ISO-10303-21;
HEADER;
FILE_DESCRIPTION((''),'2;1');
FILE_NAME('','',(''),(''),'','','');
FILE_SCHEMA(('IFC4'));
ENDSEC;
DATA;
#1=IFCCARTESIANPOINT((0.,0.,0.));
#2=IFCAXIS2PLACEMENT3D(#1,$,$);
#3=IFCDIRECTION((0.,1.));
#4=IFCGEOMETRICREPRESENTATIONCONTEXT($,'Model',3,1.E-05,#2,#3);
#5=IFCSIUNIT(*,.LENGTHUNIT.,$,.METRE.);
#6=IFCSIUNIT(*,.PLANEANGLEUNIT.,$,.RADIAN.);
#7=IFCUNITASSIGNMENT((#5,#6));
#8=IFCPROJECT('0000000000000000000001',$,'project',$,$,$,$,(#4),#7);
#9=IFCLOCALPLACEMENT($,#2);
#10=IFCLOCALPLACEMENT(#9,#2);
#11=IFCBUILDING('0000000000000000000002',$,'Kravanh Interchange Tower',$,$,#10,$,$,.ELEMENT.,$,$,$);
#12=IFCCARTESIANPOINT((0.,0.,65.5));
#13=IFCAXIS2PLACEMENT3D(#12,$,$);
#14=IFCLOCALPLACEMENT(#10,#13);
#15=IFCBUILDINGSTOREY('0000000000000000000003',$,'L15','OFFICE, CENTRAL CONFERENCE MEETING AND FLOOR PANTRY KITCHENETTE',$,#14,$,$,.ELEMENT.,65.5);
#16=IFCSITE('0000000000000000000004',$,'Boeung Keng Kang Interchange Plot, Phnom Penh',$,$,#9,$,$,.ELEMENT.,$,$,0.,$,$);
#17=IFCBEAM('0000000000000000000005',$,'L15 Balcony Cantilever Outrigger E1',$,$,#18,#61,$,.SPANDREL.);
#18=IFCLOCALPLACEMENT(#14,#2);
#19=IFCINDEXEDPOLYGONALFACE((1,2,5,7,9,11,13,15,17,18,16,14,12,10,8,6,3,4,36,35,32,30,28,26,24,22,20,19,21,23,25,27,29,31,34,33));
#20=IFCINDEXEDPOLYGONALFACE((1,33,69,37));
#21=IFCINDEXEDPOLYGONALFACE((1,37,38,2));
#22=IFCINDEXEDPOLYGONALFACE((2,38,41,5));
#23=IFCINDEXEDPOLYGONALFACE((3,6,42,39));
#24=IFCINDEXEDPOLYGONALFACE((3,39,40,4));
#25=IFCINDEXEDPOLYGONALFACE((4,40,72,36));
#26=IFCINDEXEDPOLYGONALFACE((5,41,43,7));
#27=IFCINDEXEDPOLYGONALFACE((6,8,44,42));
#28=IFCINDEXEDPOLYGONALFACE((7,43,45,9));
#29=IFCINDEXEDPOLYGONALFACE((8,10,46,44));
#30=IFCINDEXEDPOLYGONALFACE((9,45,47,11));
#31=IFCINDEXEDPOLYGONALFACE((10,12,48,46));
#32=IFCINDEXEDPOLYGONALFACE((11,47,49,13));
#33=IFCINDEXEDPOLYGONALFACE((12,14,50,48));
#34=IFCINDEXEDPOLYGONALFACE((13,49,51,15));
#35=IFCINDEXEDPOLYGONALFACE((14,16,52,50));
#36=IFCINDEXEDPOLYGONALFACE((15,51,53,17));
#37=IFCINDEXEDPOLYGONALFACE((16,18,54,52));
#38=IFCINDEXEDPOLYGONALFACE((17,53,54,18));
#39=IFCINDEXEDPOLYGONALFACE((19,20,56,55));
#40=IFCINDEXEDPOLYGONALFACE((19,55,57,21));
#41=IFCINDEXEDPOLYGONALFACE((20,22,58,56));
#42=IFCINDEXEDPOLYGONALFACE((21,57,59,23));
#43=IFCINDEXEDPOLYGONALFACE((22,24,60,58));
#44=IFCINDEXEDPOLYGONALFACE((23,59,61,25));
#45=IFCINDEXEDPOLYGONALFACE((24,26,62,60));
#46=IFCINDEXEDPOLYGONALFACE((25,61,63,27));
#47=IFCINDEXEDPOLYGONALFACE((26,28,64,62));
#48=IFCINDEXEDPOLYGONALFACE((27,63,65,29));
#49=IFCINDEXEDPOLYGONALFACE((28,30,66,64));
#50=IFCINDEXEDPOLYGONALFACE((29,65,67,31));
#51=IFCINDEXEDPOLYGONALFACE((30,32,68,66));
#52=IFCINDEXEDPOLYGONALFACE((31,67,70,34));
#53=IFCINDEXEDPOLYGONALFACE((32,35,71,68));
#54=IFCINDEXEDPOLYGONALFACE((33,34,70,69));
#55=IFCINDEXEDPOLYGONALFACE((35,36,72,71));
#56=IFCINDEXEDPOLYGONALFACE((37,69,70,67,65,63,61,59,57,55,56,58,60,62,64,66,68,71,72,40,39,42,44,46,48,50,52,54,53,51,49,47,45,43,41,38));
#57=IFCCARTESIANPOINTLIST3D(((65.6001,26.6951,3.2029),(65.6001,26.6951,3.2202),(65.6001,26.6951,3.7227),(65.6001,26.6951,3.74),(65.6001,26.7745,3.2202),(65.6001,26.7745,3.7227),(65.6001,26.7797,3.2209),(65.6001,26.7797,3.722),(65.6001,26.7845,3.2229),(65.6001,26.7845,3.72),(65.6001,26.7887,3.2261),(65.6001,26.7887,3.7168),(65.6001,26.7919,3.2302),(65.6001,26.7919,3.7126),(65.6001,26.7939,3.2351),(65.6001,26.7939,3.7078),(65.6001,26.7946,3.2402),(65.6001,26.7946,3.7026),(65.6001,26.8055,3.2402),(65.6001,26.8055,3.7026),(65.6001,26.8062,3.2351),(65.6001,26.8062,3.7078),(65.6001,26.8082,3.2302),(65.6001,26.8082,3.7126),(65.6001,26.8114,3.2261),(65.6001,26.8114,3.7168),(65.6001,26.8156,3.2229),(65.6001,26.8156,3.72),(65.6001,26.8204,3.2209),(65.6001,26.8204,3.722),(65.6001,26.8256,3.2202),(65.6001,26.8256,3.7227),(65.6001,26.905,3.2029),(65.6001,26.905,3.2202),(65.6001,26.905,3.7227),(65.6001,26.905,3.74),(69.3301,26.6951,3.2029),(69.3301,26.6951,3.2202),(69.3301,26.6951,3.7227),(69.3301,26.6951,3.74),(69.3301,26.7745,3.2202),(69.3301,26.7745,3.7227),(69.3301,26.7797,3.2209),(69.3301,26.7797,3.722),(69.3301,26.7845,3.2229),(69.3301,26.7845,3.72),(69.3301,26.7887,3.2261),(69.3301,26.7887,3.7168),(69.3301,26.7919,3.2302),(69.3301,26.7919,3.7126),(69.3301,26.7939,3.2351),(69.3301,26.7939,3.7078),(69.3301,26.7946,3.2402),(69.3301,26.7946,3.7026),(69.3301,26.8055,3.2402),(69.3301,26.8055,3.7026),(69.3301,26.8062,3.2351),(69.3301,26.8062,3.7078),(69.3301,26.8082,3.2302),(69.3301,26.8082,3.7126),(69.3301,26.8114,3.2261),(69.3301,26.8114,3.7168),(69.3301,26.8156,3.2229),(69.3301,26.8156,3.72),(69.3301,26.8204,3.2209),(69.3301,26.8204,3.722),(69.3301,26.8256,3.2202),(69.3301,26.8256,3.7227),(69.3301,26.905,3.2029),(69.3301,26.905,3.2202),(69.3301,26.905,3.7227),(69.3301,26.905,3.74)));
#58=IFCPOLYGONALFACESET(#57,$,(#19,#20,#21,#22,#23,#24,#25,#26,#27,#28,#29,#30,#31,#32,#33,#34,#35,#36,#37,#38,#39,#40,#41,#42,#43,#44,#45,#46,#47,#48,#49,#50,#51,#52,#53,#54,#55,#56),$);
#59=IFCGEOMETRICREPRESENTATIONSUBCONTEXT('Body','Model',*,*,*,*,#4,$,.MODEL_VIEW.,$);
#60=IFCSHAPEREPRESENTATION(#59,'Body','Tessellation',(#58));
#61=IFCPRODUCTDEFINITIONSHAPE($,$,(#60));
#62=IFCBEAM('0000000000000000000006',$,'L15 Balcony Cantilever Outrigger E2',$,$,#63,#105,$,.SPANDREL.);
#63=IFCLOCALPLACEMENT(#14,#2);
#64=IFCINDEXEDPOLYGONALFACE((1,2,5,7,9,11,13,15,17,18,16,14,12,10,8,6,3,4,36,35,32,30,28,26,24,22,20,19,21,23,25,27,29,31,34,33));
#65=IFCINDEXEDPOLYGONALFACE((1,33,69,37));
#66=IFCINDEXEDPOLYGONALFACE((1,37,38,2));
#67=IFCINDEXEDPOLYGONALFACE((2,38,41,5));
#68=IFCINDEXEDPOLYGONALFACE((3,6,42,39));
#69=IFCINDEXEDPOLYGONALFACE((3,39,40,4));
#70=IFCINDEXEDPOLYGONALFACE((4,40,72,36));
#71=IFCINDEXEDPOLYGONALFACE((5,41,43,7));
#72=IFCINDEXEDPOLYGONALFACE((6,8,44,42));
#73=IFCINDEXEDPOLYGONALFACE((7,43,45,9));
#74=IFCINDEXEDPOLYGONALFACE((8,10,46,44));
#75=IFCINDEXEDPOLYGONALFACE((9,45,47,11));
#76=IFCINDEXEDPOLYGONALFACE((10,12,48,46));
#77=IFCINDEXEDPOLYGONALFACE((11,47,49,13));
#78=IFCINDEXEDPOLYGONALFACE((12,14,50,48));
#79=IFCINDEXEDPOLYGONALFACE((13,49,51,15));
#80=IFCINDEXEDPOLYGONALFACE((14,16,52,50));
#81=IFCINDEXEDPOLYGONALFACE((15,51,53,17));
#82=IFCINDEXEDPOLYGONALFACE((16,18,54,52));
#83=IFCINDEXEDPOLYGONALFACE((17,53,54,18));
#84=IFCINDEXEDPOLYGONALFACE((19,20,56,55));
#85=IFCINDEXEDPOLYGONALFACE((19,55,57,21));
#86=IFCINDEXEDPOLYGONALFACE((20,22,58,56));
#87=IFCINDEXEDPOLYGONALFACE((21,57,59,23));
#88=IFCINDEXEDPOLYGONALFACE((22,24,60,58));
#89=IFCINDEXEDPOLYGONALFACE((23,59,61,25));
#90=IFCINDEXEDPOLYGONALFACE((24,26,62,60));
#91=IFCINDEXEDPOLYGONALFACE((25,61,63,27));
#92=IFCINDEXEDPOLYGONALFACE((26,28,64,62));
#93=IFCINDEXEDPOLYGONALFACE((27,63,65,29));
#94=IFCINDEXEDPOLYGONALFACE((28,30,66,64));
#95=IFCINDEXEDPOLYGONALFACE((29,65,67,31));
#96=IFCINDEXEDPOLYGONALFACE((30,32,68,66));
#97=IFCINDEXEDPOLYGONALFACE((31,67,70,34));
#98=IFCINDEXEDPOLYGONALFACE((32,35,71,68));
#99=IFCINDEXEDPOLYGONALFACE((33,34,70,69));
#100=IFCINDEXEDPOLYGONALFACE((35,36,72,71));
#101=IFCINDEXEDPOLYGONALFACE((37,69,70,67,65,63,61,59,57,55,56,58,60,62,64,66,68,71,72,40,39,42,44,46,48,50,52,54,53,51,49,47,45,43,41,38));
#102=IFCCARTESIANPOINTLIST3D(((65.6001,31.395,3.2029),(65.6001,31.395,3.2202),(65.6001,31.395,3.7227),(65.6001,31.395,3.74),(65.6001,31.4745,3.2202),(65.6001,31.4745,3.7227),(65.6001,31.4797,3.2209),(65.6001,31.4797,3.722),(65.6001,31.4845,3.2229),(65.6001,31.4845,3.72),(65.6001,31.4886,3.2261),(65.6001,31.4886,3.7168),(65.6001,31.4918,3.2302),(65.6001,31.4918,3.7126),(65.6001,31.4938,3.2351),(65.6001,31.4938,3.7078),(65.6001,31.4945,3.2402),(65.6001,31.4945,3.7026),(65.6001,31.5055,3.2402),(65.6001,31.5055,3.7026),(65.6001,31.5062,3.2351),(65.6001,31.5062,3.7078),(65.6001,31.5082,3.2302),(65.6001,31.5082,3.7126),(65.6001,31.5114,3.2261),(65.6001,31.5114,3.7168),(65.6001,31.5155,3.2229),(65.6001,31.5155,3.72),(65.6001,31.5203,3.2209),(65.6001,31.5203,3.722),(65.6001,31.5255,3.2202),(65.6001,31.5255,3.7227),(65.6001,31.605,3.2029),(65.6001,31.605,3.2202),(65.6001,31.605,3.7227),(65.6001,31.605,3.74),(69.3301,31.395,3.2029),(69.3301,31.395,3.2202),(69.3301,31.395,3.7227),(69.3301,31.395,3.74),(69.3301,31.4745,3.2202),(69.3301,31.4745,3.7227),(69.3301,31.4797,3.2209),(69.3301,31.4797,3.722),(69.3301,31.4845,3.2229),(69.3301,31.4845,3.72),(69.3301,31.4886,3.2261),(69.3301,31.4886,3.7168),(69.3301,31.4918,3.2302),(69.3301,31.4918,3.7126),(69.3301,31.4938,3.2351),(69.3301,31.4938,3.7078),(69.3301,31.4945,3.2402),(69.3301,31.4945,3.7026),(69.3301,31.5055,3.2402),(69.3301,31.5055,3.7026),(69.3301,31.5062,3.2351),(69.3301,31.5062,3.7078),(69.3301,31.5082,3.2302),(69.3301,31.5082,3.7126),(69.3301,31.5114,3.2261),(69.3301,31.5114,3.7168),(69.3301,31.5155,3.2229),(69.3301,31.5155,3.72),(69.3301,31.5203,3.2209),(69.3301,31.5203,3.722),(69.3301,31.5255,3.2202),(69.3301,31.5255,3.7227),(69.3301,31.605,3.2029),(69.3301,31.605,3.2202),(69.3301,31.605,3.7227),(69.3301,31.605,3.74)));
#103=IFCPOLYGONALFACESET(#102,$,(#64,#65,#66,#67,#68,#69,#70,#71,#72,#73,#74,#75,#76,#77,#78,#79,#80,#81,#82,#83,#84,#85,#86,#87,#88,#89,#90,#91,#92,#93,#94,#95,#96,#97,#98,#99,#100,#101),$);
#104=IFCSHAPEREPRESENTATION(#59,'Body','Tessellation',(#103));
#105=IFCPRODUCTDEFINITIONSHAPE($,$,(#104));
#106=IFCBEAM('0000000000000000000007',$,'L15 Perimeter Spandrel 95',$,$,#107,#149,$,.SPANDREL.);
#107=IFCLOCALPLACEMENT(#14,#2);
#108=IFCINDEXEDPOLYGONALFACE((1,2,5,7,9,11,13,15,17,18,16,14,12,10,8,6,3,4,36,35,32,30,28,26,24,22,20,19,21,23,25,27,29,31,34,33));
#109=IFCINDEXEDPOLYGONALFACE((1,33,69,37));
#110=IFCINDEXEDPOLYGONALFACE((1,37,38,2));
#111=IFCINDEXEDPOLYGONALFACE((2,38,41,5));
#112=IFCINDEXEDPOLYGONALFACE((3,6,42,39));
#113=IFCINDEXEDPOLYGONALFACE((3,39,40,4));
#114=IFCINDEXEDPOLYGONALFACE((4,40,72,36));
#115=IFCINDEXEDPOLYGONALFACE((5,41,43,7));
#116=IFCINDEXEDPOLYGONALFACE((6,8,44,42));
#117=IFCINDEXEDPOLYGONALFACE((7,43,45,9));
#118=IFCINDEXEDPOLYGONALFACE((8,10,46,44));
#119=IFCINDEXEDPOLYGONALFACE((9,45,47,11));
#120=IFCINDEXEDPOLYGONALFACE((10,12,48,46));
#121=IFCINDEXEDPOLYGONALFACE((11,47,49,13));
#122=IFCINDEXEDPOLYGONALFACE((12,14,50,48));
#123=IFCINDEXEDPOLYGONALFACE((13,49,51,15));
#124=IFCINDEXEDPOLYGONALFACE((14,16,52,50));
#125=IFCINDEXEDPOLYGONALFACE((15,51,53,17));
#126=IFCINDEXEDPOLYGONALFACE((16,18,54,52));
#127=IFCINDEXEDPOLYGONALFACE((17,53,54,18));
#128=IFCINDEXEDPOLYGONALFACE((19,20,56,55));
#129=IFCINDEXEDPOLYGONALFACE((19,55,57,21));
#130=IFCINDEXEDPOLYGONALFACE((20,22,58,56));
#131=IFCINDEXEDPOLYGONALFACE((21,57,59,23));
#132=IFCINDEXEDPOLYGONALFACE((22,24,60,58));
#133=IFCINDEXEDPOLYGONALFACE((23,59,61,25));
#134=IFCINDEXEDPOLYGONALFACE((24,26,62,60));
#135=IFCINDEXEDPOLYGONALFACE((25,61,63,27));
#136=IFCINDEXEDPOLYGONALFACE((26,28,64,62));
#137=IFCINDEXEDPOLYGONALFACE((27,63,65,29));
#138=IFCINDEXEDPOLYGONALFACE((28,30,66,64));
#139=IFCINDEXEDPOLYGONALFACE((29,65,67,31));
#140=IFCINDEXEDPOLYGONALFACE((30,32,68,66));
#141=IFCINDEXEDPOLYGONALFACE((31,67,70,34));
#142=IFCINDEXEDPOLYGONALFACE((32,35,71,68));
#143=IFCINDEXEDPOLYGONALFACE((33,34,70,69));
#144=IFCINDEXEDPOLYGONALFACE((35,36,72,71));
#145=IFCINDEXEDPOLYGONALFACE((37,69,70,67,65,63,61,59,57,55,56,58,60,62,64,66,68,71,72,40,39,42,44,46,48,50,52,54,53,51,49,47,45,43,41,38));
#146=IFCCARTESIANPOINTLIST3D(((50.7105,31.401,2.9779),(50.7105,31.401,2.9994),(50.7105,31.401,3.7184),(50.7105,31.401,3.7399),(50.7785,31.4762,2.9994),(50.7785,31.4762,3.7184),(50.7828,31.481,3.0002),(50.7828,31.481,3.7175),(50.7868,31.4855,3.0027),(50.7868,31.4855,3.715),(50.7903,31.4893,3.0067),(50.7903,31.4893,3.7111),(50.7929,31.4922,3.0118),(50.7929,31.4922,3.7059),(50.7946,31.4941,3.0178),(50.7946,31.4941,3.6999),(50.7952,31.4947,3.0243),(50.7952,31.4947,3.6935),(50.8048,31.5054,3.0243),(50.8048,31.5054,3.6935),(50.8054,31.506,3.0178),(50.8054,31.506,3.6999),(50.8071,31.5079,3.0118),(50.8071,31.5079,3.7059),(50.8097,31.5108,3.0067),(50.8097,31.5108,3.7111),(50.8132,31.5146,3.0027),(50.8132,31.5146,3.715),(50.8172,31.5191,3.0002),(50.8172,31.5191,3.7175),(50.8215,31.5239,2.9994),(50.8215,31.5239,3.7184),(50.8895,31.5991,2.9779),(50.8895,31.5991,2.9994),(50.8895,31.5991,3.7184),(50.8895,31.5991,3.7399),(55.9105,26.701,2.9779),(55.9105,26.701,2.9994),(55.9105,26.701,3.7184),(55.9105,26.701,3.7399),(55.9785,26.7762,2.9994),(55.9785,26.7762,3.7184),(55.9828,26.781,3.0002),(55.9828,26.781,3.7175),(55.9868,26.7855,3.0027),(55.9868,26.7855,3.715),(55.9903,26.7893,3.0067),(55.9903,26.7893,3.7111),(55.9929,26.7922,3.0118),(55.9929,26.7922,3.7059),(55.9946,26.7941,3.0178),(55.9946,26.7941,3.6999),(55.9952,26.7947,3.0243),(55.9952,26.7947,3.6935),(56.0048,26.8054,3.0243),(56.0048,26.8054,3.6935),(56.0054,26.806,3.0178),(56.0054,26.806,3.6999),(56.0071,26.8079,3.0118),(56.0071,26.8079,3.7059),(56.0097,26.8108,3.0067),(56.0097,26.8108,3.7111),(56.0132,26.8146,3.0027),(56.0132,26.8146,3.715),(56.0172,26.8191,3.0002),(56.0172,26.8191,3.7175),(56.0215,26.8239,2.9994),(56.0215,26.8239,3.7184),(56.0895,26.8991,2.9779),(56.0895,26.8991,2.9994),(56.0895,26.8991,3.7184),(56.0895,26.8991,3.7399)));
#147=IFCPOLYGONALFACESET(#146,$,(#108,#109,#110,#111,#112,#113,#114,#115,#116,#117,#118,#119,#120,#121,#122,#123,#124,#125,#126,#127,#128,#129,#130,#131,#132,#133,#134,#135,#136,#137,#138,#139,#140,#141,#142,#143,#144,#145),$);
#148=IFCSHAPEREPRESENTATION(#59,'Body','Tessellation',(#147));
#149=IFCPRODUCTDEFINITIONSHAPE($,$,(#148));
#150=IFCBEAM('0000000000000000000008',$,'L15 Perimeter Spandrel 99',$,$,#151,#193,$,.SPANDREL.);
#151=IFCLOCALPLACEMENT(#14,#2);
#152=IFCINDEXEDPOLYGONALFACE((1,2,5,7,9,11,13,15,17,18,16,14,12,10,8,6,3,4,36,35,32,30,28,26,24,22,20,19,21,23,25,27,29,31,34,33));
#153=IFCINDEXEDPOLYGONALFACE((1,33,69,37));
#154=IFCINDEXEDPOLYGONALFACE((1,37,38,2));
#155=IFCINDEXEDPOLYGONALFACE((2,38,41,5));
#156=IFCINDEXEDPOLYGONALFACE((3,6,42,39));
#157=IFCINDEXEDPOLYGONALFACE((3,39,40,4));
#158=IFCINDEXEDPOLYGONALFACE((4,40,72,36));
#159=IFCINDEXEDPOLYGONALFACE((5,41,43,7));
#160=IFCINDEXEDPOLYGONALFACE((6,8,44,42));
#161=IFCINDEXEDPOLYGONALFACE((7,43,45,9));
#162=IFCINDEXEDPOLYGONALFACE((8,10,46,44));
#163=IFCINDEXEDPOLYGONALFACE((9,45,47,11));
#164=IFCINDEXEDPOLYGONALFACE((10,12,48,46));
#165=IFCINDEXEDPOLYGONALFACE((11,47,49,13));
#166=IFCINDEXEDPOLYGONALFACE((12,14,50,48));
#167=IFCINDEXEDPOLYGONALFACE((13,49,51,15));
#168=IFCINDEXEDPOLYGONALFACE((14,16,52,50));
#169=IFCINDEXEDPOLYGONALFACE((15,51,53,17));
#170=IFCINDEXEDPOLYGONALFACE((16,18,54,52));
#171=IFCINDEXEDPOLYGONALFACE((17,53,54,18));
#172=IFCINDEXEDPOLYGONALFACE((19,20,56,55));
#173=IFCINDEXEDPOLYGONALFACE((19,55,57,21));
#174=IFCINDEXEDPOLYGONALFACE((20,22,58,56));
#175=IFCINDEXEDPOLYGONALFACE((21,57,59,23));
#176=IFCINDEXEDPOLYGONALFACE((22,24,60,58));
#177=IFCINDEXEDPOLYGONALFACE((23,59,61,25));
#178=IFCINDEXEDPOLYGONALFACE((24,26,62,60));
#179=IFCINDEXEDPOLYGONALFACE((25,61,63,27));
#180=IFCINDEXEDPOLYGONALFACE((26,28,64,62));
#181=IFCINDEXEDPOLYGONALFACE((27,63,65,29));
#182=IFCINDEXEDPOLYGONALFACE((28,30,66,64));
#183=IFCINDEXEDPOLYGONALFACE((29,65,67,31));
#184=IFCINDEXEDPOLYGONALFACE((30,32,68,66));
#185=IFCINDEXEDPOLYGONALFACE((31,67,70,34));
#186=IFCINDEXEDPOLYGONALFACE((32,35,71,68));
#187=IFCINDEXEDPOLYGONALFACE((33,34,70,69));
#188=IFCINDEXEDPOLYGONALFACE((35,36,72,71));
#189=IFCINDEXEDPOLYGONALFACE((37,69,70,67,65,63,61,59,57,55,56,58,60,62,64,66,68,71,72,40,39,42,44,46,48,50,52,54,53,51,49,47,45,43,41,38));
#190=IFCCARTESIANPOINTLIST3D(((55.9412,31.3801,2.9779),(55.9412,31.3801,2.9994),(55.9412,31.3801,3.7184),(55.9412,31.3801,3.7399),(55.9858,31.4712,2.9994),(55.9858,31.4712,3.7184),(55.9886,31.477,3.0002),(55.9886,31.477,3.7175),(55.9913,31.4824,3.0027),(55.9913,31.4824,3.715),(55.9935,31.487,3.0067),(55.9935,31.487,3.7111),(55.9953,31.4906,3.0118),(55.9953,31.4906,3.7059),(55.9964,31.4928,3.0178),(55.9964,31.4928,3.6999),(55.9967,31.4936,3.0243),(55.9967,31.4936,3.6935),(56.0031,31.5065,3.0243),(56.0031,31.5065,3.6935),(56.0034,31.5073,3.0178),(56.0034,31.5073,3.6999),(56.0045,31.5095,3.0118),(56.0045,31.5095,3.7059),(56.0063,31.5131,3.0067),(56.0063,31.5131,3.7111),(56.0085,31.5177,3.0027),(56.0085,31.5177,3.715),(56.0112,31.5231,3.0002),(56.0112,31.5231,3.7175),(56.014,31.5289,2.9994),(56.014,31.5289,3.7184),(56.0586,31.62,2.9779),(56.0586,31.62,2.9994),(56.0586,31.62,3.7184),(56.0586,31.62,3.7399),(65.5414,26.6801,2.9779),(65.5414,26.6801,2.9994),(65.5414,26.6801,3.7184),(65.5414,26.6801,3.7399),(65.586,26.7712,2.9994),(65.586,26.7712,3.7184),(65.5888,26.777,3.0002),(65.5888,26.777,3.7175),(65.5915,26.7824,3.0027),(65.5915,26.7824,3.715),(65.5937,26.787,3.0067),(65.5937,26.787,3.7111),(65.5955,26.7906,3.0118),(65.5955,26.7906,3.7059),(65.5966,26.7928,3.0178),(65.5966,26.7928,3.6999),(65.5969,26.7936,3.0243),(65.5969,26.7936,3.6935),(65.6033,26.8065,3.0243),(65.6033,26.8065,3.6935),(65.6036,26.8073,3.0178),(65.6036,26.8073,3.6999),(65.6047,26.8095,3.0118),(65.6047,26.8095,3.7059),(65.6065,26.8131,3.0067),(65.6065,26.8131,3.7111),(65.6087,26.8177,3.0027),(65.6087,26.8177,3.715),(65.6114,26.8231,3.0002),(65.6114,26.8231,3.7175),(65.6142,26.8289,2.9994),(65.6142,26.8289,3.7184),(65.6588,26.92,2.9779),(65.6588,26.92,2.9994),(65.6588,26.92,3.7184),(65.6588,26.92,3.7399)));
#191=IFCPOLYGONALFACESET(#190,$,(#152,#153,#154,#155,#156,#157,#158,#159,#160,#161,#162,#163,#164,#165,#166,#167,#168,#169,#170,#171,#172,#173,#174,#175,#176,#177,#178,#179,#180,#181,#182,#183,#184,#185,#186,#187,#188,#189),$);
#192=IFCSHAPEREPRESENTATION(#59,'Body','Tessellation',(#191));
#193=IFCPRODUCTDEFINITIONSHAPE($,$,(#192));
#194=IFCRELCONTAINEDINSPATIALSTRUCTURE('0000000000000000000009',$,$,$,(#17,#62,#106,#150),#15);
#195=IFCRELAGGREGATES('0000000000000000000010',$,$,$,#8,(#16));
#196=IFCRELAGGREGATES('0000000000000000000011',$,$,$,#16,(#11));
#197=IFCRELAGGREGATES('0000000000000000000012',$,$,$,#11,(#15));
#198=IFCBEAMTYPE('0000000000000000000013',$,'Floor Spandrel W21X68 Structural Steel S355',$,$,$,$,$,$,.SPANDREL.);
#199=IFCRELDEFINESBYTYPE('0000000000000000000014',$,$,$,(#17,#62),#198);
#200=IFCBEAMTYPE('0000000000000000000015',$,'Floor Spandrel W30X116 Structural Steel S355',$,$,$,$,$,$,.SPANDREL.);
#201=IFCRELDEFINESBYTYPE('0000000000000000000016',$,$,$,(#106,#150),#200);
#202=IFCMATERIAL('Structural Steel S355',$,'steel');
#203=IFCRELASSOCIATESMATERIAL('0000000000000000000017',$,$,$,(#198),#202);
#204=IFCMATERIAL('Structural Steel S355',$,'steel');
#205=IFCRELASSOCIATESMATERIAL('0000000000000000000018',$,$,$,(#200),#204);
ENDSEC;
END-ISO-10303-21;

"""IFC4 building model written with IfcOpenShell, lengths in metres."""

from ifc_helpers import new_model, si_unit, direction, frame, origin, origin_2d, place, context, subcontext, project, spatial, i_section, extrude, material, material_profile, profile_set, type_object, element, save


model = new_model("IFC4")

# Units and contexts
model_context = context("Model", 3, precision=1e-05, world=origin(), true_north=direction((0.0, 1.0)))
body_context = subcontext(model_context, "Body", "Model", "MODEL_VIEW")
ifc_project = project(units=[si_unit("LENGTHUNIT", "METRE"), si_unit("PLANEANGLEUNIT", "RADIAN")], contexts=[model_context])

# Site, building, storey
site_placement = place(None, origin())
site = spatial("IfcSite", under=ifc_project, at=site_placement, Name="Boeung Keng Kang Interchange Plot, Phnom Penh", CompositionType="ELEMENT", RefElevation=0.0)
building_placement = place(site_placement, origin())
building = spatial("IfcBuilding", under=site, at=building_placement, Name="Kravanh Interchange Tower", CompositionType="ELEMENT")
storey_placement = place(building_placement, frame((0.0, 0.0, 65.5)))
storey = spatial("IfcBuildingStorey", under=building, at=storey_placement, Name="L15", Description="OFFICE, CENTRAL CONFERENCE MEETING AND FLOOR PANTRY KITCHENETTE", CompositionType="ELEMENT", Elevation=65.5)

# Beams
ifc_material_1 = material(Name="Structural Steel S355", Category="steel")
ifc_material_profile_1 = material_profile(ifc_material_1, i_section(OverallWidth=0.21, OverallDepth=0.5371, WebThickness=0.011, FlangeThickness=0.0173, FilletRadius=0.02, at=origin_2d()), Name="W21X68")
ifc_profile_set_1 = profile_set([ifc_material_profile_1], Name="Structural Steel S355")
beam_type_1 = type_object("IfcBeamType", Name="Floor Spandrel W21X68 Structural Steel S355", PredefinedType="SPANDREL", material=ifc_profile_set_1)
for number, where, z_axis, x_axis, name in (
    (1, (65.6001, 26.8, 3.4714), (1.0, 0.0, 0.0), (0.0, 1.0, 0.0), "L15 Balcony Cantilever Outrigger E1"),
    (2, (65.6001, 31.5, 3.4714), (1.0, 0.0, 0.0), (0.0, 1.0, 0.0), "L15 Balcony Cantilever Outrigger E2"),
):
    element("IfcBeam", number, at=place(storey_placement, frame(where, z_axis=z_axis, x_axis=x_axis)), inside=storey, type_object=beam_type_1, Name=name, PredefinedType="SPANDREL", context=body_context, shape_type="SweptSolid", body=[
        extrude(i_section(OverallWidth=0.21, OverallDepth=0.5371, WebThickness=0.011, FlangeThickness=0.0173, FilletRadius=0.02, at=origin_2d()), origin(), (0.0, 0.0, 1.0), 3.73),
    ])
ifc_material_2 = material(Name="Structural Steel S355", Category="steel")
ifc_material_profile_2 = material_profile(ifc_material_2, i_section(OverallWidth=0.2671, OverallDepth=0.762, WebThickness=0.0144, FlangeThickness=0.0215, FilletRadius=0.0249, at=origin_2d()), Name="W30X116")
ifc_profile_set_2 = profile_set([ifc_material_profile_2], Name="Structural Steel S355")
beam_type_2 = type_object("IfcBeamType", Name="Floor Spandrel W30X116 Structural Steel S355", PredefinedType="SPANDREL", material=ifc_profile_set_2)
beam_1_placement = place(storey_placement, frame((56.0, 26.8, 3.3589), z_axis=(-0.741874, 0.670539, 0.0), x_axis=(-0.670539, -0.741874, 0.0)))
element("IfcBeam", 3, at=beam_1_placement, inside=storey, type_object=beam_type_2, Name="L15 Perimeter Spandrel 95", PredefinedType="SPANDREL", context=body_context, shape_type="SweptSolid", body=[
    extrude(i_section(OverallWidth=0.2671, OverallDepth=0.762, WebThickness=0.0144, FlangeThickness=0.0215, FilletRadius=0.0249, at=origin_2d()), origin(), (0.0, 0.0, 1.0), 7.0093),
])
beam_2_placement = place(storey_placement, frame((65.6001, 26.8, 3.3589), z_axis=(-0.898142, 0.439706, 0.0), x_axis=(-0.439706, -0.898142, 0.0)))
element("IfcBeam", 4, at=beam_2_placement, inside=storey, type_object=beam_type_2, Name="L15 Perimeter Spandrel 99", PredefinedType="SPANDREL", context=body_context, shape_type="SweptSolid", body=[
    extrude(i_section(OverallWidth=0.2671, OverallDepth=0.762, WebThickness=0.0144, FlangeThickness=0.0215, FilletRadius=0.0249, at=origin_2d()), origin(), (0.0, 0.0, 1.0), 10.689),
])

save(model, "model.ifc")
